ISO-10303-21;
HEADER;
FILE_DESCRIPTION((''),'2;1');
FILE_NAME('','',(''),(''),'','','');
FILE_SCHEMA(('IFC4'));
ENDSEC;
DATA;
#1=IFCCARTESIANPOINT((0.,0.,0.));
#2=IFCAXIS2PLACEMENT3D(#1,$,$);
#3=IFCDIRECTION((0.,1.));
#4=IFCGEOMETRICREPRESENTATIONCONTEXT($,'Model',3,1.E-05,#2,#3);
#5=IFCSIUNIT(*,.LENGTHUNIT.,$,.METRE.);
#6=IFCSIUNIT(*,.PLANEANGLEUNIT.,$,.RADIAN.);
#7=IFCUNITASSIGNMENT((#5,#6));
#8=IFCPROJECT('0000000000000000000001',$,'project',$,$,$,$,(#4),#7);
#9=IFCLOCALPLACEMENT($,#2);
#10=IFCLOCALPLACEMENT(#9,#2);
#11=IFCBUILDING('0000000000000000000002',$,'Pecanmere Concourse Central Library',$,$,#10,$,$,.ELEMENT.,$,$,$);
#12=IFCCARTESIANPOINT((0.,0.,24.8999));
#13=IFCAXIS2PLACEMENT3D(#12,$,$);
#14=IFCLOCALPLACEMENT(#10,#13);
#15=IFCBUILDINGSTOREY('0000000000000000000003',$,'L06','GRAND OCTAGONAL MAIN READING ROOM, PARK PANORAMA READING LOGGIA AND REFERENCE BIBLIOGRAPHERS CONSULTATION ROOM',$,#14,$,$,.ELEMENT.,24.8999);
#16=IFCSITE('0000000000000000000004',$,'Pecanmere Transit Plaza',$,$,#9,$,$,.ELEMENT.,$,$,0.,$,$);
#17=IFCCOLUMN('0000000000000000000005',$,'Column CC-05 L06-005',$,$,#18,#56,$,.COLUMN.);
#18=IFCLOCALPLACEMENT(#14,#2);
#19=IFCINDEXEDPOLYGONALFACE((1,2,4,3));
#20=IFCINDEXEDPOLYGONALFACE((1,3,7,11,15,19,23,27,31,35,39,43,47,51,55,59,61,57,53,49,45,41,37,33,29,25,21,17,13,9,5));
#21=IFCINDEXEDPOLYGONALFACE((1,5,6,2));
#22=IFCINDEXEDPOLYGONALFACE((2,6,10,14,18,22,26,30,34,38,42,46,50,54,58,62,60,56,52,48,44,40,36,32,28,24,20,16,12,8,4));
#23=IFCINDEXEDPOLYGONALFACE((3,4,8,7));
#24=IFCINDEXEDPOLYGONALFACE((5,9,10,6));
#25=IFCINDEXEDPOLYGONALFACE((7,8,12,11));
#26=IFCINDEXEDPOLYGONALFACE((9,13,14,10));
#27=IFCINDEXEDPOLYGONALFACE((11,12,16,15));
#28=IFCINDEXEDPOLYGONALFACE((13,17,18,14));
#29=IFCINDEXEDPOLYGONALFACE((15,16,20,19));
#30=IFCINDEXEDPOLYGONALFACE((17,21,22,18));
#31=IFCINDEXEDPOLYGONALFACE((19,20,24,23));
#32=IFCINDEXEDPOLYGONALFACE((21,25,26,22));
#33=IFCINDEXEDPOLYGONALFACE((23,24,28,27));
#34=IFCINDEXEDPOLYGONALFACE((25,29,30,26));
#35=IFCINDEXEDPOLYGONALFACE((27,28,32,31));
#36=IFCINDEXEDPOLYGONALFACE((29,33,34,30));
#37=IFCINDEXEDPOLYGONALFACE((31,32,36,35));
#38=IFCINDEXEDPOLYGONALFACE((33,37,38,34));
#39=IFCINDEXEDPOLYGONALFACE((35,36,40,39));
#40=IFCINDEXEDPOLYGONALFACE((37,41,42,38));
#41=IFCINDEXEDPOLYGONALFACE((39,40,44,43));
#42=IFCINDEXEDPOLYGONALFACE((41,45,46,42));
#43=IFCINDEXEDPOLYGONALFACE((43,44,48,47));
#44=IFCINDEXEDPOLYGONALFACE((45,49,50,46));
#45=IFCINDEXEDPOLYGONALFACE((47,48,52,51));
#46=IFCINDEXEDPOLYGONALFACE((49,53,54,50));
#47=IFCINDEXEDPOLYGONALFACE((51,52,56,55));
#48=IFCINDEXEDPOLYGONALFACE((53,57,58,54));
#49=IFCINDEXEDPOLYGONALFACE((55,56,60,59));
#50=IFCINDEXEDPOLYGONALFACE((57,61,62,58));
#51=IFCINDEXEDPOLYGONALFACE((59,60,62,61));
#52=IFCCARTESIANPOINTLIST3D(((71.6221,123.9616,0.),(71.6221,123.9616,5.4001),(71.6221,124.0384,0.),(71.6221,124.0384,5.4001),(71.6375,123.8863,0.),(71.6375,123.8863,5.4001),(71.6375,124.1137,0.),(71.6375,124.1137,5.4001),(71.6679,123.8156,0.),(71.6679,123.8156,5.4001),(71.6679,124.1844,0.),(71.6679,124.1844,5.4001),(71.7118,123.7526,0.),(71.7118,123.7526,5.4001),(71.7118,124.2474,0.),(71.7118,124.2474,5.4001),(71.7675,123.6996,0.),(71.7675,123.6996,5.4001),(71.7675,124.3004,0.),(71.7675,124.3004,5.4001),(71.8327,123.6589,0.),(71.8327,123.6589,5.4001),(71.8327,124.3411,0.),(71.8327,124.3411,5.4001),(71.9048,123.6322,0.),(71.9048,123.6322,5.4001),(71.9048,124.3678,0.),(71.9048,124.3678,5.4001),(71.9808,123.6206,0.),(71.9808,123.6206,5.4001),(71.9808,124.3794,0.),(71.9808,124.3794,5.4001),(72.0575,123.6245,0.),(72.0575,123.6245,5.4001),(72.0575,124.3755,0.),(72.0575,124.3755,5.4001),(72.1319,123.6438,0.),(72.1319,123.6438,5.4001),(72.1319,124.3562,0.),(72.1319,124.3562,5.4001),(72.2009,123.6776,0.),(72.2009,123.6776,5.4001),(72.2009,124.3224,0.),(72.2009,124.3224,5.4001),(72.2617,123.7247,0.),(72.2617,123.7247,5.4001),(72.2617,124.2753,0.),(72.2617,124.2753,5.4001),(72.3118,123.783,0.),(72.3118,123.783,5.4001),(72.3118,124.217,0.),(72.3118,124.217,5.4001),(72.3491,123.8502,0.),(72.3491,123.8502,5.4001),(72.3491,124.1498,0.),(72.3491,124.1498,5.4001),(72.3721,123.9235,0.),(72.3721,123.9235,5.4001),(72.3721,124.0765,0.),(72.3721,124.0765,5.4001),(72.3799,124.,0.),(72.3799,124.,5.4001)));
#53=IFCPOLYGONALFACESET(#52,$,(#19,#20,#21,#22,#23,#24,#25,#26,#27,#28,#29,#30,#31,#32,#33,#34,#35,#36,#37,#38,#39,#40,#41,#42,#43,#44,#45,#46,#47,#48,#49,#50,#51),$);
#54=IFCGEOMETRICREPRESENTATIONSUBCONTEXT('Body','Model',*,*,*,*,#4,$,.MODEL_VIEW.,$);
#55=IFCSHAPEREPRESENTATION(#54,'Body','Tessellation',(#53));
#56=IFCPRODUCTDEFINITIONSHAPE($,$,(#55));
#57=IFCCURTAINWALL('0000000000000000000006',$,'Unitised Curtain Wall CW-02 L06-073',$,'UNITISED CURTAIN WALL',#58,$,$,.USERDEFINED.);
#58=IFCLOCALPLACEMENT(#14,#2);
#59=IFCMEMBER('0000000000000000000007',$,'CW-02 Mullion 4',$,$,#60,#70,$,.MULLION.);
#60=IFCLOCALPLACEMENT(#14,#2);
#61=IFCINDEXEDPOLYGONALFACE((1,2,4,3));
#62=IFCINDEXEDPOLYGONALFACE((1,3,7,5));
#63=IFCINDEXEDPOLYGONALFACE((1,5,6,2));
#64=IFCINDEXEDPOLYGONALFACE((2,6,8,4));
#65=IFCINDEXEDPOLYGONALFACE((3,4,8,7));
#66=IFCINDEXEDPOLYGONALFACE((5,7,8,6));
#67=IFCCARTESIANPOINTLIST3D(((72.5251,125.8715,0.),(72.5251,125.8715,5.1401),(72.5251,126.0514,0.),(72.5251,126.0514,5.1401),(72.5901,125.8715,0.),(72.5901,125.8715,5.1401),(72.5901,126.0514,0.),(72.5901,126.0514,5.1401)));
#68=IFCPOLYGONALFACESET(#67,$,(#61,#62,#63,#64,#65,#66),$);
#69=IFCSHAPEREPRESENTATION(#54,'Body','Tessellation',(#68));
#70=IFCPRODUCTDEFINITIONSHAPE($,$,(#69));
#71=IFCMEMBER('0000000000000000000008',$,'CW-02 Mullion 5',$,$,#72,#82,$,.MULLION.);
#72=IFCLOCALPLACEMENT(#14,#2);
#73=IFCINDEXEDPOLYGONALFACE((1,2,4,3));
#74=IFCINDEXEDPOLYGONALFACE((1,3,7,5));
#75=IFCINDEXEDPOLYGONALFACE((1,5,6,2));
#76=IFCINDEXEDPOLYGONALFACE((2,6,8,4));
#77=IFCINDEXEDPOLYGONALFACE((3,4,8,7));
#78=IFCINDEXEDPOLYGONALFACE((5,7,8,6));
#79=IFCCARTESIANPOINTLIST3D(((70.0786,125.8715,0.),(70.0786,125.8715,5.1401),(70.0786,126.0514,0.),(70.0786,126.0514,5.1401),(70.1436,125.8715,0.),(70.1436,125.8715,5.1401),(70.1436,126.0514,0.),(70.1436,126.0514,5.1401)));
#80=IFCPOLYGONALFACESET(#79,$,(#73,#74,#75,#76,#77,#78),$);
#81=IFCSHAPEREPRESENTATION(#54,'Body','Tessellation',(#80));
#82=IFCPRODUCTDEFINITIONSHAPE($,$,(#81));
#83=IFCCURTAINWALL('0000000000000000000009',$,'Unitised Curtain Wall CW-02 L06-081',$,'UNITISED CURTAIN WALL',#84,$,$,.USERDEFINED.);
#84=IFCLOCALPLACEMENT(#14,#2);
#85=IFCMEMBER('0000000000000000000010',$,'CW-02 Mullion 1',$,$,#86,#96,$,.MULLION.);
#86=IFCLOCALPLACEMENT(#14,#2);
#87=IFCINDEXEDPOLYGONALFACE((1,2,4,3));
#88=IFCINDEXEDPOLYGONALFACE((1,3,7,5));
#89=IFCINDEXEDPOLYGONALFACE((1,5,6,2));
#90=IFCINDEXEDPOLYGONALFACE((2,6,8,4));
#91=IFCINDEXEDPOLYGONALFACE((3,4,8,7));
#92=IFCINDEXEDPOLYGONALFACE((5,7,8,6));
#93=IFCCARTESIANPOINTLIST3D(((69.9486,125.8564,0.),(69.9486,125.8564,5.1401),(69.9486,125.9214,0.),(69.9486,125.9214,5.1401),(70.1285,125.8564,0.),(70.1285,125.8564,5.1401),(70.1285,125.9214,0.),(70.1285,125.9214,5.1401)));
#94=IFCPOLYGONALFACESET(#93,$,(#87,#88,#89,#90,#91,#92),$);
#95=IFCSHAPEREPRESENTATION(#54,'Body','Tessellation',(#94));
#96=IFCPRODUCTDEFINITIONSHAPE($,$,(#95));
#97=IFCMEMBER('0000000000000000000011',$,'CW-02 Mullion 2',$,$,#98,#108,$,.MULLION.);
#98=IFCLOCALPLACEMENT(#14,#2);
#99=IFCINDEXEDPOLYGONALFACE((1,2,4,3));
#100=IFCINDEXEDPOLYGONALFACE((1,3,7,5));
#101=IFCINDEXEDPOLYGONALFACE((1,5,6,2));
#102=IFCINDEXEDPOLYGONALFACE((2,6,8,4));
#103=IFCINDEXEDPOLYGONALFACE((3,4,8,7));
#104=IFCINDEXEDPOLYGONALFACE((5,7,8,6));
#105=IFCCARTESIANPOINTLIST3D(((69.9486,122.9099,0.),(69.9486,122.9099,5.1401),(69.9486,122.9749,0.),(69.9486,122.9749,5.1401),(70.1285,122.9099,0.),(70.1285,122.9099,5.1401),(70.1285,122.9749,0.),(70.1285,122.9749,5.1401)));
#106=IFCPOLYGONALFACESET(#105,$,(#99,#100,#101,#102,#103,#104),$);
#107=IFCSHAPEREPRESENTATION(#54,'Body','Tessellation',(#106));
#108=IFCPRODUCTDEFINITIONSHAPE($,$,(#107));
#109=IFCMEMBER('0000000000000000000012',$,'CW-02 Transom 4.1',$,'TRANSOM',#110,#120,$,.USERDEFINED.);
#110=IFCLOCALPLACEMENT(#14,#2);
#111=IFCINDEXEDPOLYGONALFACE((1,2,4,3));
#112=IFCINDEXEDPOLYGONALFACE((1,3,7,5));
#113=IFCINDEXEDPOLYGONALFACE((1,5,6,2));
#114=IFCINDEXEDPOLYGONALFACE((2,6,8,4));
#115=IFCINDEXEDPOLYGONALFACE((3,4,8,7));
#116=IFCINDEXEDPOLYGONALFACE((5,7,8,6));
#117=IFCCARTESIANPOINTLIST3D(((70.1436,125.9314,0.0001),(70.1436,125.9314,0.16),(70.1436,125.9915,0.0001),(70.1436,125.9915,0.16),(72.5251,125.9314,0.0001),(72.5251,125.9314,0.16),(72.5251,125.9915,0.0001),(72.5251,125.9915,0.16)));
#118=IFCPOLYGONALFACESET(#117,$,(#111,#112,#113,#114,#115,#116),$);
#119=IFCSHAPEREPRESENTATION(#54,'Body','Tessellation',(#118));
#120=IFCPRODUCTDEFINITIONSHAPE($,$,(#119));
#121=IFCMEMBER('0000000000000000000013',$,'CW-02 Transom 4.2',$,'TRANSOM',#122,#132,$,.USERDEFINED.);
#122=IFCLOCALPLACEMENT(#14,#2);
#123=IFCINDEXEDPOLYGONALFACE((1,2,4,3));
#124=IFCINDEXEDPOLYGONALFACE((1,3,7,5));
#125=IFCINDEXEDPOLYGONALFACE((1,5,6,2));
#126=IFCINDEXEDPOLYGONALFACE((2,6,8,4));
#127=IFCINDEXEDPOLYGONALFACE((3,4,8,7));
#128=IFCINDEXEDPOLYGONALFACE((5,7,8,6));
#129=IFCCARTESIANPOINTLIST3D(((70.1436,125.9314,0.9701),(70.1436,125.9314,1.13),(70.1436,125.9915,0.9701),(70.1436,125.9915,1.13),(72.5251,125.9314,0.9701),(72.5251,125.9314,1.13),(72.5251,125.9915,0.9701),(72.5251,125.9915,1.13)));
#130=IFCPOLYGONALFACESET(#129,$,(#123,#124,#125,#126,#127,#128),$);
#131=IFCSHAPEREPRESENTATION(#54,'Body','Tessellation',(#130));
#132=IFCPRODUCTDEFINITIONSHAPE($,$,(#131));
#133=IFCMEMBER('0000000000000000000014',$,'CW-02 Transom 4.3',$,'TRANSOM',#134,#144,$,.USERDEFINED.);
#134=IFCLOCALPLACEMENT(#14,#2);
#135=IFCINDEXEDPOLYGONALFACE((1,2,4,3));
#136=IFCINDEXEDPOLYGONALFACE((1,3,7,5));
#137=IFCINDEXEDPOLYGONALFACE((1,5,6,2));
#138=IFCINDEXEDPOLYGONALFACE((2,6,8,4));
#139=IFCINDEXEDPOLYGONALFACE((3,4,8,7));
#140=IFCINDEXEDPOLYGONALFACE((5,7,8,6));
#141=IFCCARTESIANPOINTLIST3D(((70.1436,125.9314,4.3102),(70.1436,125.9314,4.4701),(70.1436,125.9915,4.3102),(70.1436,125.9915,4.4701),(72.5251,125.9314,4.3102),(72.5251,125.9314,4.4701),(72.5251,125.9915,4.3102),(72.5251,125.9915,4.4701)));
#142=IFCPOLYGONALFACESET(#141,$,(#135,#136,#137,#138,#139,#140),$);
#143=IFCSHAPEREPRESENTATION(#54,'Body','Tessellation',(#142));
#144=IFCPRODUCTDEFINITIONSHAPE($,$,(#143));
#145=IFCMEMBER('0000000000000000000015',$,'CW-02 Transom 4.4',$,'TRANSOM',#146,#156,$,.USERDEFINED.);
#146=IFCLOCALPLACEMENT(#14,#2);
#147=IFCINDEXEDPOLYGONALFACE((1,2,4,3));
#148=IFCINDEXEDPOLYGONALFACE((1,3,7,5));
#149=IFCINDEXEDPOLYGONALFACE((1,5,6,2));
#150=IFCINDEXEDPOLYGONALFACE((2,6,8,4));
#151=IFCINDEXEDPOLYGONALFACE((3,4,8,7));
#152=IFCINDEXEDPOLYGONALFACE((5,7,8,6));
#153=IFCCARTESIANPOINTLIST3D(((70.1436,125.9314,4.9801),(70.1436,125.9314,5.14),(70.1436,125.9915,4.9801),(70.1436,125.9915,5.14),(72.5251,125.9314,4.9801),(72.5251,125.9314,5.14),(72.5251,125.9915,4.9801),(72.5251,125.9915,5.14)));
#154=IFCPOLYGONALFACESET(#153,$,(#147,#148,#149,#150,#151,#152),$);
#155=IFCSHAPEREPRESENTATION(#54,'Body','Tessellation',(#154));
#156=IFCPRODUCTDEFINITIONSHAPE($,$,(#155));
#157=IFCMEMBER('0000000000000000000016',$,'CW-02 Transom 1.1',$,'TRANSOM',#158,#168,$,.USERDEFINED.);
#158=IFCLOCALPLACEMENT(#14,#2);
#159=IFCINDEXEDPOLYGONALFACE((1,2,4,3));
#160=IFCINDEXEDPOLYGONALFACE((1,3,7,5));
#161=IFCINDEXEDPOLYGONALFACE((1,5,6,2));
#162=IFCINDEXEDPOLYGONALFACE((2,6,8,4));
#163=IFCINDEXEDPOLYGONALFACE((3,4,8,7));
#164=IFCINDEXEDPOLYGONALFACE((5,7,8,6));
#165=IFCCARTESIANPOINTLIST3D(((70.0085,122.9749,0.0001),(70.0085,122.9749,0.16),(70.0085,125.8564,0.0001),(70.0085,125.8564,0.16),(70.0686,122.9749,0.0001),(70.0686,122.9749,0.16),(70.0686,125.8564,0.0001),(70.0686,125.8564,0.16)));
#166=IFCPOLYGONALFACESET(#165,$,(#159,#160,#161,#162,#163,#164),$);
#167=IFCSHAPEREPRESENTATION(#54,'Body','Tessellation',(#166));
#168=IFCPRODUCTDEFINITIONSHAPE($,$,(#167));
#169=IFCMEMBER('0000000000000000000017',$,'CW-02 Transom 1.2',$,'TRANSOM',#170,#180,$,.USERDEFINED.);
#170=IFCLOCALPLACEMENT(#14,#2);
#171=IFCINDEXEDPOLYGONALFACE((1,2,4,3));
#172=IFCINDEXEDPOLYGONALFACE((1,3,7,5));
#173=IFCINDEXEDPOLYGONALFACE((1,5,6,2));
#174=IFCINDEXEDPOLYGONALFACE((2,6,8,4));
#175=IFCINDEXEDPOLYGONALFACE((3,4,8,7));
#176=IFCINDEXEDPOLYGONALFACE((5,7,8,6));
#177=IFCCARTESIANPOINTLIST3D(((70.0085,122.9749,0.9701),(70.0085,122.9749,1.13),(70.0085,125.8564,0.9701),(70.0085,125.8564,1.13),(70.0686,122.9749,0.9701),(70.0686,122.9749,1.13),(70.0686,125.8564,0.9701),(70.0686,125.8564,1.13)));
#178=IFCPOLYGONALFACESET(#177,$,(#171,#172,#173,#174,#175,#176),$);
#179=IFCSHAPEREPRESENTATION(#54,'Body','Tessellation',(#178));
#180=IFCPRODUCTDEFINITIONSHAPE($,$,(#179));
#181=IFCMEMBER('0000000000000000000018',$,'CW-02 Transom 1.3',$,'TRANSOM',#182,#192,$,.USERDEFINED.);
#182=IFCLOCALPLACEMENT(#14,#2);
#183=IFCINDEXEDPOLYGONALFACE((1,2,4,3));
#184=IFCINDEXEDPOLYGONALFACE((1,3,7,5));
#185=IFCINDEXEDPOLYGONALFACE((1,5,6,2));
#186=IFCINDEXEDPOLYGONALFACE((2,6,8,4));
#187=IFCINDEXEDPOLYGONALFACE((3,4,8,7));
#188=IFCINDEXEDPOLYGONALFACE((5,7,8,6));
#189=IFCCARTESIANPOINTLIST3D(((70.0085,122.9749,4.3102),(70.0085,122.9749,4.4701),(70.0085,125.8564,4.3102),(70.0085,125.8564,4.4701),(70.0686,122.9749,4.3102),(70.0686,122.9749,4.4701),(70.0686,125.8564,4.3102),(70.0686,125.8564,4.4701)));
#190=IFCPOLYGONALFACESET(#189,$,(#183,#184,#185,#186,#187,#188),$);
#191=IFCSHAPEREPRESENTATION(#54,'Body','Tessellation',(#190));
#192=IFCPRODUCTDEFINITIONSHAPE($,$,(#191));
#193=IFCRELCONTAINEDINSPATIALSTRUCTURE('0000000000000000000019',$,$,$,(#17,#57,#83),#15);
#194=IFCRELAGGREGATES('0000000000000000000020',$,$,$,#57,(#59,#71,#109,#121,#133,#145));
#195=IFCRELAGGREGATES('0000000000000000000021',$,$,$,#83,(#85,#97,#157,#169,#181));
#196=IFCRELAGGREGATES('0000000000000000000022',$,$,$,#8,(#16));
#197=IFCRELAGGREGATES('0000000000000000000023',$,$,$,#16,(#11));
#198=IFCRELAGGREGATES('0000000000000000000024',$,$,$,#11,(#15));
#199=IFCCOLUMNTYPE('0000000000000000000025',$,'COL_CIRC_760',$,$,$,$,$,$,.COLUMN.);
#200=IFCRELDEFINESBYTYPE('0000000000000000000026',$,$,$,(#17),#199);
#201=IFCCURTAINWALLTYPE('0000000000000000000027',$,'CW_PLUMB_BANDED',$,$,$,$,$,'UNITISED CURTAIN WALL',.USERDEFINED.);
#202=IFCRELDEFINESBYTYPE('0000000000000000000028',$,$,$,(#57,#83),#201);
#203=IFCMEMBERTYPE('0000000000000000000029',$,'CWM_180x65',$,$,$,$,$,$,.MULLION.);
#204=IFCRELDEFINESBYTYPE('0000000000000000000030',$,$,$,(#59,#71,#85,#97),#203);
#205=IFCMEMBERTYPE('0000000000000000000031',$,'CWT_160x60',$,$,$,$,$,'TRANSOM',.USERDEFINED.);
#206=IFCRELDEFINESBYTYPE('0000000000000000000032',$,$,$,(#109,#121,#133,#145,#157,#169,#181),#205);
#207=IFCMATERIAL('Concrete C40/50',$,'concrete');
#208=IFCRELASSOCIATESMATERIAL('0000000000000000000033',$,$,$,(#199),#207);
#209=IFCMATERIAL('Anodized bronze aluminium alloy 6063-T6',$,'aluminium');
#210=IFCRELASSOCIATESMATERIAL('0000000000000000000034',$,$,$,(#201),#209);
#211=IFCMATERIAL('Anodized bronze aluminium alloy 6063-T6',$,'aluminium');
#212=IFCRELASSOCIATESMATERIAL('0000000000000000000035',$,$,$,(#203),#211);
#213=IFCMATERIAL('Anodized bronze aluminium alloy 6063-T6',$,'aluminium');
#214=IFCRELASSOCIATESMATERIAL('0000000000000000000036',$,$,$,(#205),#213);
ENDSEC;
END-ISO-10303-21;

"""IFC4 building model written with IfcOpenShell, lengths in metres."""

from ifc_helpers import new_model, si_unit, direction, frame, origin, origin_2d, place, context, subcontext, project, spatial, rectangle, circle, extrude, material, material_profile, profile_set, type_object, element, aggregate, save


model = new_model("IFC4")

# Units and contexts
model_context = context("Model", 3, precision=1e-05, world=origin(), true_north=direction((0.0, 1.0)))
body_context = subcontext(model_context, "Body", "Model", "MODEL_VIEW")
ifc_project = project(units=[si_unit("LENGTHUNIT", "METRE"), si_unit("PLANEANGLEUNIT", "RADIAN")], contexts=[model_context])

# Site, building, storey
site_placement = place(None, origin())
site = spatial("IfcSite", under=ifc_project, at=site_placement, Name="Pecanmere Transit Plaza", CompositionType="ELEMENT", RefElevation=0.0)
building_placement = place(site_placement, origin())
building = spatial("IfcBuilding", under=site, at=building_placement, Name="Pecanmere Concourse Central Library", CompositionType="ELEMENT")
storey_placement = place(building_placement, frame((0.0, 0.0, 24.8999)))
storey = spatial("IfcBuildingStorey", under=building, at=storey_placement, Name="L06", Description="GRAND OCTAGONAL MAIN READING ROOM, PARK PANORAMA READING LOGGIA AND REFERENCE BIBLIOGRAPHERS CONSULTATION ROOM", CompositionType="ELEMENT", Elevation=24.8999)

# Column
ifc_material_1 = material(Name="Concrete C40/50", Category="concrete")
ifc_material_profile_1 = material_profile(ifc_material_1, circle(Radius=0.3799, at=origin_2d()), Name="RC D760")
ifc_profile_set_1 = profile_set([ifc_material_profile_1], Name="Concrete C40/50")
column_type = type_object("IfcColumnType", Name="COL_CIRC_760", PredefinedType="COLUMN", material=ifc_profile_set_1)
column_placement = place(storey_placement, frame((72.0, 124.0, 0.0), z_axis=(0.0, 0.0, 1.0), x_axis=(1.0, 0.0, 0.0)))
element("IfcColumn", 1, at=column_placement, inside=storey, type_object=column_type, Name="Column CC-05 L06-005", PredefinedType="COLUMN", context=body_context, shape_type="SweptSolid", body=[
    extrude(circle(Radius=0.3799, at=origin_2d()), origin(), (0.0, 0.0, 1.0), 5.4001),
])

# Curtain walls, members
ifc_material_2 = material(Name="Anodized bronze aluminium alloy 6063-T6", Category="aluminium")
curtain_wall_type = type_object("IfcCurtainWallType", Name="CW_PLUMB_BANDED", ElementType="UNITISED CURTAIN WALL", PredefinedType="USERDEFINED", material=ifc_material_2)
curtain_wall_1_placement = place(storey_placement, origin())
curtain_wall_1 = element("IfcCurtainWall", 2, at=curtain_wall_1_placement, inside=storey, type_object=curtain_wall_type, Name="Unitised Curtain Wall CW-02 L06-073", ObjectType="UNITISED CURTAIN WALL", PredefinedType="USERDEFINED")
ifc_material_3 = material(Name="Anodized bronze aluminium alloy 6063-T6", Category="aluminium")
ifc_material_profile_2 = material_profile(ifc_material_3, rectangle(XDim=0.0649, YDim=0.1799, at=origin_2d()), Name="AL 65x180")
ifc_profile_set_2 = profile_set([ifc_material_profile_2], Name="Anodized bronze aluminium alloy 6063-T6")
member_type_1 = type_object("IfcMemberType", Name="CWM_180x65", PredefinedType="MULLION", material=ifc_profile_set_2)
member_1_placement = place(storey_placement, frame((72.5576, 125.9614, 0.0), z_axis=(0.0, 0.0, 1.0), x_axis=(-1.0, 0.0, 0.0)))
member_1 = element("IfcMember", 3, at=member_1_placement, type_object=member_type_1, Name="CW-02 Mullion 4", PredefinedType="MULLION", context=body_context, shape_type="SweptSolid", body=[
    extrude(rectangle(XDim=0.0649, YDim=0.1799, at=origin_2d()), origin(), (0.0, 0.0, 1.0), 5.1401),
])
member_2_placement = place(storey_placement, frame((70.1111, 125.9614, 0.0), z_axis=(0.0, 0.0, 1.0), x_axis=(-1.0, 0.0, 0.0)))
member_2 = element("IfcMember", 4, at=member_2_placement, type_object=member_type_1, Name="CW-02 Mullion 5", PredefinedType="MULLION", context=body_context, shape_type="SweptSolid", body=[
    extrude(rectangle(XDim=0.0649, YDim=0.1799, at=origin_2d()), origin(), (0.0, 0.0, 1.0), 5.1401),
])
curtain_wall_2_placement = place(storey_placement, origin())
curtain_wall_2 = element("IfcCurtainWall", 5, at=curtain_wall_2_placement, inside=storey, type_object=curtain_wall_type, Name="Unitised Curtain Wall CW-02 L06-081", ObjectType="UNITISED CURTAIN WALL", PredefinedType="USERDEFINED")
member_3_placement = place(storey_placement, frame((70.0386, 125.8889, 0.0), z_axis=(0.0, 0.0, 1.0), x_axis=(0.0, -1.0, 0.0)))
member_3 = element("IfcMember", 6, at=member_3_placement, type_object=member_type_1, Name="CW-02 Mullion 1", PredefinedType="MULLION", context=body_context, shape_type="SweptSolid", body=[
    extrude(rectangle(XDim=0.0649, YDim=0.1799, at=origin_2d()), origin(), (0.0, 0.0, 1.0), 5.1401),
])
member_4_placement = place(storey_placement, frame((70.0386, 122.9424, 0.0), z_axis=(0.0, 0.0, 1.0), x_axis=(0.0, -1.0, 0.0)))
member_4 = element("IfcMember", 7, at=member_4_placement, type_object=member_type_1, Name="CW-02 Mullion 2", PredefinedType="MULLION", context=body_context, shape_type="SweptSolid", body=[
    extrude(rectangle(XDim=0.0649, YDim=0.1799, at=origin_2d()), origin(), (0.0, 0.0, 1.0), 5.1401),
])

# Members
ifc_material_4 = material(Name="Anodized bronze aluminium alloy 6063-T6", Category="aluminium")
ifc_material_profile_3 = material_profile(ifc_material_4, rectangle(XDim=0.0601, YDim=0.1599, at=origin_2d()), Name="AL 60x160")
ifc_profile_set_3 = profile_set([ifc_material_profile_3], Name="Anodized bronze aluminium alloy 6063-T6")
member_type_2 = type_object("IfcMemberType", Name="CWT_160x60", ElementType="TRANSOM", PredefinedType="USERDEFINED", material=ifc_profile_set_3)
member_5_placement = place(storey_placement, frame((72.5251, 125.9614, 0.0801), z_axis=(-1.0, 0.0, 0.0), x_axis=(0.0, -1.0, 0.0)))
member_5 = element("IfcMember", 8, at=member_5_placement, type_object=member_type_2, Name="CW-02 Transom 4.1", ObjectType="TRANSOM", PredefinedType="USERDEFINED", context=body_context, shape_type="SweptSolid", body=[
    extrude(rectangle(XDim=0.0601, YDim=0.1599, at=origin_2d()), origin(), (0.0, 0.0, 1.0), 2.3816),
])
member_6_placement = place(storey_placement, frame((72.5251, 125.9614, 1.05), z_axis=(-1.0, 0.0, 0.0), x_axis=(0.0, -1.0, 0.0)))
member_6 = element("IfcMember", 9, at=member_6_placement, type_object=member_type_2, Name="CW-02 Transom 4.2", ObjectType="TRANSOM", PredefinedType="USERDEFINED", context=body_context, shape_type="SweptSolid", body=[
    extrude(rectangle(XDim=0.0601, YDim=0.1599, at=origin_2d()), origin(), (0.0, 0.0, 1.0), 2.3816),
])
member_7_placement = place(storey_placement, frame((72.5251, 125.9614, 4.3901), z_axis=(-1.0, 0.0, 0.0), x_axis=(0.0, -1.0, 0.0)))
member_7 = element("IfcMember", 10, at=member_7_placement, type_object=member_type_2, Name="CW-02 Transom 4.3", ObjectType="TRANSOM", PredefinedType="USERDEFINED", context=body_context, shape_type="SweptSolid", body=[
    extrude(rectangle(XDim=0.0601, YDim=0.1599, at=origin_2d()), origin(), (0.0, 0.0, 1.0), 2.3816),
])
member_8_placement = place(storey_placement, frame((72.5251, 125.9614, 5.0601), z_axis=(-1.0, 0.0, 0.0), x_axis=(0.0, -1.0, 0.0)))
member_8 = element("IfcMember", 11, at=member_8_placement, type_object=member_type_2, Name="CW-02 Transom 4.4", ObjectType="TRANSOM", PredefinedType="USERDEFINED", context=body_context, shape_type="SweptSolid", body=[
    extrude(rectangle(XDim=0.0601, YDim=0.1599, at=origin_2d()), origin(), (0.0, 0.0, 1.0), 2.3816),
])
member_9_placement = place(storey_placement, frame((70.0386, 125.8564, 0.0801), z_axis=(0.0, -1.0, 0.0), x_axis=(1.0, 0.0, 0.0)))
member_9 = element("IfcMember", 12, at=member_9_placement, type_object=member_type_2, Name="CW-02 Transom 1.1", ObjectType="TRANSOM", PredefinedType="USERDEFINED", context=body_context, shape_type="SweptSolid", body=[
    extrude(rectangle(XDim=0.0601, YDim=0.1599, at=origin_2d()), origin(), (0.0, 0.0, 1.0), 2.8816),
])
member_10_placement = place(storey_placement, frame((70.0386, 125.8564, 1.05), z_axis=(0.0, -1.0, 0.0), x_axis=(1.0, 0.0, 0.0)))
member_10 = element("IfcMember", 13, at=member_10_placement, type_object=member_type_2, Name="CW-02 Transom 1.2", ObjectType="TRANSOM", PredefinedType="USERDEFINED", context=body_context, shape_type="SweptSolid", body=[
    extrude(rectangle(XDim=0.0601, YDim=0.1599, at=origin_2d()), origin(), (0.0, 0.0, 1.0), 2.8816),
])
member_11_placement = place(storey_placement, frame((70.0386, 125.8564, 4.3901), z_axis=(0.0, -1.0, 0.0), x_axis=(1.0, 0.0, 0.0)))
member_11 = element("IfcMember", 14, at=member_11_placement, type_object=member_type_2, Name="CW-02 Transom 1.3", ObjectType="TRANSOM", PredefinedType="USERDEFINED", context=body_context, shape_type="SweptSolid", body=[
    extrude(rectangle(XDim=0.0601, YDim=0.1599, at=origin_2d()), origin(), (0.0, 0.0, 1.0), 2.8816),
])

aggregate(curtain_wall_1, [member_1, member_2, member_5, member_6, member_7, member_8])
aggregate(curtain_wall_2, [member_3, member_4, member_9, member_10, member_11])

save(model, "model.ifc")
